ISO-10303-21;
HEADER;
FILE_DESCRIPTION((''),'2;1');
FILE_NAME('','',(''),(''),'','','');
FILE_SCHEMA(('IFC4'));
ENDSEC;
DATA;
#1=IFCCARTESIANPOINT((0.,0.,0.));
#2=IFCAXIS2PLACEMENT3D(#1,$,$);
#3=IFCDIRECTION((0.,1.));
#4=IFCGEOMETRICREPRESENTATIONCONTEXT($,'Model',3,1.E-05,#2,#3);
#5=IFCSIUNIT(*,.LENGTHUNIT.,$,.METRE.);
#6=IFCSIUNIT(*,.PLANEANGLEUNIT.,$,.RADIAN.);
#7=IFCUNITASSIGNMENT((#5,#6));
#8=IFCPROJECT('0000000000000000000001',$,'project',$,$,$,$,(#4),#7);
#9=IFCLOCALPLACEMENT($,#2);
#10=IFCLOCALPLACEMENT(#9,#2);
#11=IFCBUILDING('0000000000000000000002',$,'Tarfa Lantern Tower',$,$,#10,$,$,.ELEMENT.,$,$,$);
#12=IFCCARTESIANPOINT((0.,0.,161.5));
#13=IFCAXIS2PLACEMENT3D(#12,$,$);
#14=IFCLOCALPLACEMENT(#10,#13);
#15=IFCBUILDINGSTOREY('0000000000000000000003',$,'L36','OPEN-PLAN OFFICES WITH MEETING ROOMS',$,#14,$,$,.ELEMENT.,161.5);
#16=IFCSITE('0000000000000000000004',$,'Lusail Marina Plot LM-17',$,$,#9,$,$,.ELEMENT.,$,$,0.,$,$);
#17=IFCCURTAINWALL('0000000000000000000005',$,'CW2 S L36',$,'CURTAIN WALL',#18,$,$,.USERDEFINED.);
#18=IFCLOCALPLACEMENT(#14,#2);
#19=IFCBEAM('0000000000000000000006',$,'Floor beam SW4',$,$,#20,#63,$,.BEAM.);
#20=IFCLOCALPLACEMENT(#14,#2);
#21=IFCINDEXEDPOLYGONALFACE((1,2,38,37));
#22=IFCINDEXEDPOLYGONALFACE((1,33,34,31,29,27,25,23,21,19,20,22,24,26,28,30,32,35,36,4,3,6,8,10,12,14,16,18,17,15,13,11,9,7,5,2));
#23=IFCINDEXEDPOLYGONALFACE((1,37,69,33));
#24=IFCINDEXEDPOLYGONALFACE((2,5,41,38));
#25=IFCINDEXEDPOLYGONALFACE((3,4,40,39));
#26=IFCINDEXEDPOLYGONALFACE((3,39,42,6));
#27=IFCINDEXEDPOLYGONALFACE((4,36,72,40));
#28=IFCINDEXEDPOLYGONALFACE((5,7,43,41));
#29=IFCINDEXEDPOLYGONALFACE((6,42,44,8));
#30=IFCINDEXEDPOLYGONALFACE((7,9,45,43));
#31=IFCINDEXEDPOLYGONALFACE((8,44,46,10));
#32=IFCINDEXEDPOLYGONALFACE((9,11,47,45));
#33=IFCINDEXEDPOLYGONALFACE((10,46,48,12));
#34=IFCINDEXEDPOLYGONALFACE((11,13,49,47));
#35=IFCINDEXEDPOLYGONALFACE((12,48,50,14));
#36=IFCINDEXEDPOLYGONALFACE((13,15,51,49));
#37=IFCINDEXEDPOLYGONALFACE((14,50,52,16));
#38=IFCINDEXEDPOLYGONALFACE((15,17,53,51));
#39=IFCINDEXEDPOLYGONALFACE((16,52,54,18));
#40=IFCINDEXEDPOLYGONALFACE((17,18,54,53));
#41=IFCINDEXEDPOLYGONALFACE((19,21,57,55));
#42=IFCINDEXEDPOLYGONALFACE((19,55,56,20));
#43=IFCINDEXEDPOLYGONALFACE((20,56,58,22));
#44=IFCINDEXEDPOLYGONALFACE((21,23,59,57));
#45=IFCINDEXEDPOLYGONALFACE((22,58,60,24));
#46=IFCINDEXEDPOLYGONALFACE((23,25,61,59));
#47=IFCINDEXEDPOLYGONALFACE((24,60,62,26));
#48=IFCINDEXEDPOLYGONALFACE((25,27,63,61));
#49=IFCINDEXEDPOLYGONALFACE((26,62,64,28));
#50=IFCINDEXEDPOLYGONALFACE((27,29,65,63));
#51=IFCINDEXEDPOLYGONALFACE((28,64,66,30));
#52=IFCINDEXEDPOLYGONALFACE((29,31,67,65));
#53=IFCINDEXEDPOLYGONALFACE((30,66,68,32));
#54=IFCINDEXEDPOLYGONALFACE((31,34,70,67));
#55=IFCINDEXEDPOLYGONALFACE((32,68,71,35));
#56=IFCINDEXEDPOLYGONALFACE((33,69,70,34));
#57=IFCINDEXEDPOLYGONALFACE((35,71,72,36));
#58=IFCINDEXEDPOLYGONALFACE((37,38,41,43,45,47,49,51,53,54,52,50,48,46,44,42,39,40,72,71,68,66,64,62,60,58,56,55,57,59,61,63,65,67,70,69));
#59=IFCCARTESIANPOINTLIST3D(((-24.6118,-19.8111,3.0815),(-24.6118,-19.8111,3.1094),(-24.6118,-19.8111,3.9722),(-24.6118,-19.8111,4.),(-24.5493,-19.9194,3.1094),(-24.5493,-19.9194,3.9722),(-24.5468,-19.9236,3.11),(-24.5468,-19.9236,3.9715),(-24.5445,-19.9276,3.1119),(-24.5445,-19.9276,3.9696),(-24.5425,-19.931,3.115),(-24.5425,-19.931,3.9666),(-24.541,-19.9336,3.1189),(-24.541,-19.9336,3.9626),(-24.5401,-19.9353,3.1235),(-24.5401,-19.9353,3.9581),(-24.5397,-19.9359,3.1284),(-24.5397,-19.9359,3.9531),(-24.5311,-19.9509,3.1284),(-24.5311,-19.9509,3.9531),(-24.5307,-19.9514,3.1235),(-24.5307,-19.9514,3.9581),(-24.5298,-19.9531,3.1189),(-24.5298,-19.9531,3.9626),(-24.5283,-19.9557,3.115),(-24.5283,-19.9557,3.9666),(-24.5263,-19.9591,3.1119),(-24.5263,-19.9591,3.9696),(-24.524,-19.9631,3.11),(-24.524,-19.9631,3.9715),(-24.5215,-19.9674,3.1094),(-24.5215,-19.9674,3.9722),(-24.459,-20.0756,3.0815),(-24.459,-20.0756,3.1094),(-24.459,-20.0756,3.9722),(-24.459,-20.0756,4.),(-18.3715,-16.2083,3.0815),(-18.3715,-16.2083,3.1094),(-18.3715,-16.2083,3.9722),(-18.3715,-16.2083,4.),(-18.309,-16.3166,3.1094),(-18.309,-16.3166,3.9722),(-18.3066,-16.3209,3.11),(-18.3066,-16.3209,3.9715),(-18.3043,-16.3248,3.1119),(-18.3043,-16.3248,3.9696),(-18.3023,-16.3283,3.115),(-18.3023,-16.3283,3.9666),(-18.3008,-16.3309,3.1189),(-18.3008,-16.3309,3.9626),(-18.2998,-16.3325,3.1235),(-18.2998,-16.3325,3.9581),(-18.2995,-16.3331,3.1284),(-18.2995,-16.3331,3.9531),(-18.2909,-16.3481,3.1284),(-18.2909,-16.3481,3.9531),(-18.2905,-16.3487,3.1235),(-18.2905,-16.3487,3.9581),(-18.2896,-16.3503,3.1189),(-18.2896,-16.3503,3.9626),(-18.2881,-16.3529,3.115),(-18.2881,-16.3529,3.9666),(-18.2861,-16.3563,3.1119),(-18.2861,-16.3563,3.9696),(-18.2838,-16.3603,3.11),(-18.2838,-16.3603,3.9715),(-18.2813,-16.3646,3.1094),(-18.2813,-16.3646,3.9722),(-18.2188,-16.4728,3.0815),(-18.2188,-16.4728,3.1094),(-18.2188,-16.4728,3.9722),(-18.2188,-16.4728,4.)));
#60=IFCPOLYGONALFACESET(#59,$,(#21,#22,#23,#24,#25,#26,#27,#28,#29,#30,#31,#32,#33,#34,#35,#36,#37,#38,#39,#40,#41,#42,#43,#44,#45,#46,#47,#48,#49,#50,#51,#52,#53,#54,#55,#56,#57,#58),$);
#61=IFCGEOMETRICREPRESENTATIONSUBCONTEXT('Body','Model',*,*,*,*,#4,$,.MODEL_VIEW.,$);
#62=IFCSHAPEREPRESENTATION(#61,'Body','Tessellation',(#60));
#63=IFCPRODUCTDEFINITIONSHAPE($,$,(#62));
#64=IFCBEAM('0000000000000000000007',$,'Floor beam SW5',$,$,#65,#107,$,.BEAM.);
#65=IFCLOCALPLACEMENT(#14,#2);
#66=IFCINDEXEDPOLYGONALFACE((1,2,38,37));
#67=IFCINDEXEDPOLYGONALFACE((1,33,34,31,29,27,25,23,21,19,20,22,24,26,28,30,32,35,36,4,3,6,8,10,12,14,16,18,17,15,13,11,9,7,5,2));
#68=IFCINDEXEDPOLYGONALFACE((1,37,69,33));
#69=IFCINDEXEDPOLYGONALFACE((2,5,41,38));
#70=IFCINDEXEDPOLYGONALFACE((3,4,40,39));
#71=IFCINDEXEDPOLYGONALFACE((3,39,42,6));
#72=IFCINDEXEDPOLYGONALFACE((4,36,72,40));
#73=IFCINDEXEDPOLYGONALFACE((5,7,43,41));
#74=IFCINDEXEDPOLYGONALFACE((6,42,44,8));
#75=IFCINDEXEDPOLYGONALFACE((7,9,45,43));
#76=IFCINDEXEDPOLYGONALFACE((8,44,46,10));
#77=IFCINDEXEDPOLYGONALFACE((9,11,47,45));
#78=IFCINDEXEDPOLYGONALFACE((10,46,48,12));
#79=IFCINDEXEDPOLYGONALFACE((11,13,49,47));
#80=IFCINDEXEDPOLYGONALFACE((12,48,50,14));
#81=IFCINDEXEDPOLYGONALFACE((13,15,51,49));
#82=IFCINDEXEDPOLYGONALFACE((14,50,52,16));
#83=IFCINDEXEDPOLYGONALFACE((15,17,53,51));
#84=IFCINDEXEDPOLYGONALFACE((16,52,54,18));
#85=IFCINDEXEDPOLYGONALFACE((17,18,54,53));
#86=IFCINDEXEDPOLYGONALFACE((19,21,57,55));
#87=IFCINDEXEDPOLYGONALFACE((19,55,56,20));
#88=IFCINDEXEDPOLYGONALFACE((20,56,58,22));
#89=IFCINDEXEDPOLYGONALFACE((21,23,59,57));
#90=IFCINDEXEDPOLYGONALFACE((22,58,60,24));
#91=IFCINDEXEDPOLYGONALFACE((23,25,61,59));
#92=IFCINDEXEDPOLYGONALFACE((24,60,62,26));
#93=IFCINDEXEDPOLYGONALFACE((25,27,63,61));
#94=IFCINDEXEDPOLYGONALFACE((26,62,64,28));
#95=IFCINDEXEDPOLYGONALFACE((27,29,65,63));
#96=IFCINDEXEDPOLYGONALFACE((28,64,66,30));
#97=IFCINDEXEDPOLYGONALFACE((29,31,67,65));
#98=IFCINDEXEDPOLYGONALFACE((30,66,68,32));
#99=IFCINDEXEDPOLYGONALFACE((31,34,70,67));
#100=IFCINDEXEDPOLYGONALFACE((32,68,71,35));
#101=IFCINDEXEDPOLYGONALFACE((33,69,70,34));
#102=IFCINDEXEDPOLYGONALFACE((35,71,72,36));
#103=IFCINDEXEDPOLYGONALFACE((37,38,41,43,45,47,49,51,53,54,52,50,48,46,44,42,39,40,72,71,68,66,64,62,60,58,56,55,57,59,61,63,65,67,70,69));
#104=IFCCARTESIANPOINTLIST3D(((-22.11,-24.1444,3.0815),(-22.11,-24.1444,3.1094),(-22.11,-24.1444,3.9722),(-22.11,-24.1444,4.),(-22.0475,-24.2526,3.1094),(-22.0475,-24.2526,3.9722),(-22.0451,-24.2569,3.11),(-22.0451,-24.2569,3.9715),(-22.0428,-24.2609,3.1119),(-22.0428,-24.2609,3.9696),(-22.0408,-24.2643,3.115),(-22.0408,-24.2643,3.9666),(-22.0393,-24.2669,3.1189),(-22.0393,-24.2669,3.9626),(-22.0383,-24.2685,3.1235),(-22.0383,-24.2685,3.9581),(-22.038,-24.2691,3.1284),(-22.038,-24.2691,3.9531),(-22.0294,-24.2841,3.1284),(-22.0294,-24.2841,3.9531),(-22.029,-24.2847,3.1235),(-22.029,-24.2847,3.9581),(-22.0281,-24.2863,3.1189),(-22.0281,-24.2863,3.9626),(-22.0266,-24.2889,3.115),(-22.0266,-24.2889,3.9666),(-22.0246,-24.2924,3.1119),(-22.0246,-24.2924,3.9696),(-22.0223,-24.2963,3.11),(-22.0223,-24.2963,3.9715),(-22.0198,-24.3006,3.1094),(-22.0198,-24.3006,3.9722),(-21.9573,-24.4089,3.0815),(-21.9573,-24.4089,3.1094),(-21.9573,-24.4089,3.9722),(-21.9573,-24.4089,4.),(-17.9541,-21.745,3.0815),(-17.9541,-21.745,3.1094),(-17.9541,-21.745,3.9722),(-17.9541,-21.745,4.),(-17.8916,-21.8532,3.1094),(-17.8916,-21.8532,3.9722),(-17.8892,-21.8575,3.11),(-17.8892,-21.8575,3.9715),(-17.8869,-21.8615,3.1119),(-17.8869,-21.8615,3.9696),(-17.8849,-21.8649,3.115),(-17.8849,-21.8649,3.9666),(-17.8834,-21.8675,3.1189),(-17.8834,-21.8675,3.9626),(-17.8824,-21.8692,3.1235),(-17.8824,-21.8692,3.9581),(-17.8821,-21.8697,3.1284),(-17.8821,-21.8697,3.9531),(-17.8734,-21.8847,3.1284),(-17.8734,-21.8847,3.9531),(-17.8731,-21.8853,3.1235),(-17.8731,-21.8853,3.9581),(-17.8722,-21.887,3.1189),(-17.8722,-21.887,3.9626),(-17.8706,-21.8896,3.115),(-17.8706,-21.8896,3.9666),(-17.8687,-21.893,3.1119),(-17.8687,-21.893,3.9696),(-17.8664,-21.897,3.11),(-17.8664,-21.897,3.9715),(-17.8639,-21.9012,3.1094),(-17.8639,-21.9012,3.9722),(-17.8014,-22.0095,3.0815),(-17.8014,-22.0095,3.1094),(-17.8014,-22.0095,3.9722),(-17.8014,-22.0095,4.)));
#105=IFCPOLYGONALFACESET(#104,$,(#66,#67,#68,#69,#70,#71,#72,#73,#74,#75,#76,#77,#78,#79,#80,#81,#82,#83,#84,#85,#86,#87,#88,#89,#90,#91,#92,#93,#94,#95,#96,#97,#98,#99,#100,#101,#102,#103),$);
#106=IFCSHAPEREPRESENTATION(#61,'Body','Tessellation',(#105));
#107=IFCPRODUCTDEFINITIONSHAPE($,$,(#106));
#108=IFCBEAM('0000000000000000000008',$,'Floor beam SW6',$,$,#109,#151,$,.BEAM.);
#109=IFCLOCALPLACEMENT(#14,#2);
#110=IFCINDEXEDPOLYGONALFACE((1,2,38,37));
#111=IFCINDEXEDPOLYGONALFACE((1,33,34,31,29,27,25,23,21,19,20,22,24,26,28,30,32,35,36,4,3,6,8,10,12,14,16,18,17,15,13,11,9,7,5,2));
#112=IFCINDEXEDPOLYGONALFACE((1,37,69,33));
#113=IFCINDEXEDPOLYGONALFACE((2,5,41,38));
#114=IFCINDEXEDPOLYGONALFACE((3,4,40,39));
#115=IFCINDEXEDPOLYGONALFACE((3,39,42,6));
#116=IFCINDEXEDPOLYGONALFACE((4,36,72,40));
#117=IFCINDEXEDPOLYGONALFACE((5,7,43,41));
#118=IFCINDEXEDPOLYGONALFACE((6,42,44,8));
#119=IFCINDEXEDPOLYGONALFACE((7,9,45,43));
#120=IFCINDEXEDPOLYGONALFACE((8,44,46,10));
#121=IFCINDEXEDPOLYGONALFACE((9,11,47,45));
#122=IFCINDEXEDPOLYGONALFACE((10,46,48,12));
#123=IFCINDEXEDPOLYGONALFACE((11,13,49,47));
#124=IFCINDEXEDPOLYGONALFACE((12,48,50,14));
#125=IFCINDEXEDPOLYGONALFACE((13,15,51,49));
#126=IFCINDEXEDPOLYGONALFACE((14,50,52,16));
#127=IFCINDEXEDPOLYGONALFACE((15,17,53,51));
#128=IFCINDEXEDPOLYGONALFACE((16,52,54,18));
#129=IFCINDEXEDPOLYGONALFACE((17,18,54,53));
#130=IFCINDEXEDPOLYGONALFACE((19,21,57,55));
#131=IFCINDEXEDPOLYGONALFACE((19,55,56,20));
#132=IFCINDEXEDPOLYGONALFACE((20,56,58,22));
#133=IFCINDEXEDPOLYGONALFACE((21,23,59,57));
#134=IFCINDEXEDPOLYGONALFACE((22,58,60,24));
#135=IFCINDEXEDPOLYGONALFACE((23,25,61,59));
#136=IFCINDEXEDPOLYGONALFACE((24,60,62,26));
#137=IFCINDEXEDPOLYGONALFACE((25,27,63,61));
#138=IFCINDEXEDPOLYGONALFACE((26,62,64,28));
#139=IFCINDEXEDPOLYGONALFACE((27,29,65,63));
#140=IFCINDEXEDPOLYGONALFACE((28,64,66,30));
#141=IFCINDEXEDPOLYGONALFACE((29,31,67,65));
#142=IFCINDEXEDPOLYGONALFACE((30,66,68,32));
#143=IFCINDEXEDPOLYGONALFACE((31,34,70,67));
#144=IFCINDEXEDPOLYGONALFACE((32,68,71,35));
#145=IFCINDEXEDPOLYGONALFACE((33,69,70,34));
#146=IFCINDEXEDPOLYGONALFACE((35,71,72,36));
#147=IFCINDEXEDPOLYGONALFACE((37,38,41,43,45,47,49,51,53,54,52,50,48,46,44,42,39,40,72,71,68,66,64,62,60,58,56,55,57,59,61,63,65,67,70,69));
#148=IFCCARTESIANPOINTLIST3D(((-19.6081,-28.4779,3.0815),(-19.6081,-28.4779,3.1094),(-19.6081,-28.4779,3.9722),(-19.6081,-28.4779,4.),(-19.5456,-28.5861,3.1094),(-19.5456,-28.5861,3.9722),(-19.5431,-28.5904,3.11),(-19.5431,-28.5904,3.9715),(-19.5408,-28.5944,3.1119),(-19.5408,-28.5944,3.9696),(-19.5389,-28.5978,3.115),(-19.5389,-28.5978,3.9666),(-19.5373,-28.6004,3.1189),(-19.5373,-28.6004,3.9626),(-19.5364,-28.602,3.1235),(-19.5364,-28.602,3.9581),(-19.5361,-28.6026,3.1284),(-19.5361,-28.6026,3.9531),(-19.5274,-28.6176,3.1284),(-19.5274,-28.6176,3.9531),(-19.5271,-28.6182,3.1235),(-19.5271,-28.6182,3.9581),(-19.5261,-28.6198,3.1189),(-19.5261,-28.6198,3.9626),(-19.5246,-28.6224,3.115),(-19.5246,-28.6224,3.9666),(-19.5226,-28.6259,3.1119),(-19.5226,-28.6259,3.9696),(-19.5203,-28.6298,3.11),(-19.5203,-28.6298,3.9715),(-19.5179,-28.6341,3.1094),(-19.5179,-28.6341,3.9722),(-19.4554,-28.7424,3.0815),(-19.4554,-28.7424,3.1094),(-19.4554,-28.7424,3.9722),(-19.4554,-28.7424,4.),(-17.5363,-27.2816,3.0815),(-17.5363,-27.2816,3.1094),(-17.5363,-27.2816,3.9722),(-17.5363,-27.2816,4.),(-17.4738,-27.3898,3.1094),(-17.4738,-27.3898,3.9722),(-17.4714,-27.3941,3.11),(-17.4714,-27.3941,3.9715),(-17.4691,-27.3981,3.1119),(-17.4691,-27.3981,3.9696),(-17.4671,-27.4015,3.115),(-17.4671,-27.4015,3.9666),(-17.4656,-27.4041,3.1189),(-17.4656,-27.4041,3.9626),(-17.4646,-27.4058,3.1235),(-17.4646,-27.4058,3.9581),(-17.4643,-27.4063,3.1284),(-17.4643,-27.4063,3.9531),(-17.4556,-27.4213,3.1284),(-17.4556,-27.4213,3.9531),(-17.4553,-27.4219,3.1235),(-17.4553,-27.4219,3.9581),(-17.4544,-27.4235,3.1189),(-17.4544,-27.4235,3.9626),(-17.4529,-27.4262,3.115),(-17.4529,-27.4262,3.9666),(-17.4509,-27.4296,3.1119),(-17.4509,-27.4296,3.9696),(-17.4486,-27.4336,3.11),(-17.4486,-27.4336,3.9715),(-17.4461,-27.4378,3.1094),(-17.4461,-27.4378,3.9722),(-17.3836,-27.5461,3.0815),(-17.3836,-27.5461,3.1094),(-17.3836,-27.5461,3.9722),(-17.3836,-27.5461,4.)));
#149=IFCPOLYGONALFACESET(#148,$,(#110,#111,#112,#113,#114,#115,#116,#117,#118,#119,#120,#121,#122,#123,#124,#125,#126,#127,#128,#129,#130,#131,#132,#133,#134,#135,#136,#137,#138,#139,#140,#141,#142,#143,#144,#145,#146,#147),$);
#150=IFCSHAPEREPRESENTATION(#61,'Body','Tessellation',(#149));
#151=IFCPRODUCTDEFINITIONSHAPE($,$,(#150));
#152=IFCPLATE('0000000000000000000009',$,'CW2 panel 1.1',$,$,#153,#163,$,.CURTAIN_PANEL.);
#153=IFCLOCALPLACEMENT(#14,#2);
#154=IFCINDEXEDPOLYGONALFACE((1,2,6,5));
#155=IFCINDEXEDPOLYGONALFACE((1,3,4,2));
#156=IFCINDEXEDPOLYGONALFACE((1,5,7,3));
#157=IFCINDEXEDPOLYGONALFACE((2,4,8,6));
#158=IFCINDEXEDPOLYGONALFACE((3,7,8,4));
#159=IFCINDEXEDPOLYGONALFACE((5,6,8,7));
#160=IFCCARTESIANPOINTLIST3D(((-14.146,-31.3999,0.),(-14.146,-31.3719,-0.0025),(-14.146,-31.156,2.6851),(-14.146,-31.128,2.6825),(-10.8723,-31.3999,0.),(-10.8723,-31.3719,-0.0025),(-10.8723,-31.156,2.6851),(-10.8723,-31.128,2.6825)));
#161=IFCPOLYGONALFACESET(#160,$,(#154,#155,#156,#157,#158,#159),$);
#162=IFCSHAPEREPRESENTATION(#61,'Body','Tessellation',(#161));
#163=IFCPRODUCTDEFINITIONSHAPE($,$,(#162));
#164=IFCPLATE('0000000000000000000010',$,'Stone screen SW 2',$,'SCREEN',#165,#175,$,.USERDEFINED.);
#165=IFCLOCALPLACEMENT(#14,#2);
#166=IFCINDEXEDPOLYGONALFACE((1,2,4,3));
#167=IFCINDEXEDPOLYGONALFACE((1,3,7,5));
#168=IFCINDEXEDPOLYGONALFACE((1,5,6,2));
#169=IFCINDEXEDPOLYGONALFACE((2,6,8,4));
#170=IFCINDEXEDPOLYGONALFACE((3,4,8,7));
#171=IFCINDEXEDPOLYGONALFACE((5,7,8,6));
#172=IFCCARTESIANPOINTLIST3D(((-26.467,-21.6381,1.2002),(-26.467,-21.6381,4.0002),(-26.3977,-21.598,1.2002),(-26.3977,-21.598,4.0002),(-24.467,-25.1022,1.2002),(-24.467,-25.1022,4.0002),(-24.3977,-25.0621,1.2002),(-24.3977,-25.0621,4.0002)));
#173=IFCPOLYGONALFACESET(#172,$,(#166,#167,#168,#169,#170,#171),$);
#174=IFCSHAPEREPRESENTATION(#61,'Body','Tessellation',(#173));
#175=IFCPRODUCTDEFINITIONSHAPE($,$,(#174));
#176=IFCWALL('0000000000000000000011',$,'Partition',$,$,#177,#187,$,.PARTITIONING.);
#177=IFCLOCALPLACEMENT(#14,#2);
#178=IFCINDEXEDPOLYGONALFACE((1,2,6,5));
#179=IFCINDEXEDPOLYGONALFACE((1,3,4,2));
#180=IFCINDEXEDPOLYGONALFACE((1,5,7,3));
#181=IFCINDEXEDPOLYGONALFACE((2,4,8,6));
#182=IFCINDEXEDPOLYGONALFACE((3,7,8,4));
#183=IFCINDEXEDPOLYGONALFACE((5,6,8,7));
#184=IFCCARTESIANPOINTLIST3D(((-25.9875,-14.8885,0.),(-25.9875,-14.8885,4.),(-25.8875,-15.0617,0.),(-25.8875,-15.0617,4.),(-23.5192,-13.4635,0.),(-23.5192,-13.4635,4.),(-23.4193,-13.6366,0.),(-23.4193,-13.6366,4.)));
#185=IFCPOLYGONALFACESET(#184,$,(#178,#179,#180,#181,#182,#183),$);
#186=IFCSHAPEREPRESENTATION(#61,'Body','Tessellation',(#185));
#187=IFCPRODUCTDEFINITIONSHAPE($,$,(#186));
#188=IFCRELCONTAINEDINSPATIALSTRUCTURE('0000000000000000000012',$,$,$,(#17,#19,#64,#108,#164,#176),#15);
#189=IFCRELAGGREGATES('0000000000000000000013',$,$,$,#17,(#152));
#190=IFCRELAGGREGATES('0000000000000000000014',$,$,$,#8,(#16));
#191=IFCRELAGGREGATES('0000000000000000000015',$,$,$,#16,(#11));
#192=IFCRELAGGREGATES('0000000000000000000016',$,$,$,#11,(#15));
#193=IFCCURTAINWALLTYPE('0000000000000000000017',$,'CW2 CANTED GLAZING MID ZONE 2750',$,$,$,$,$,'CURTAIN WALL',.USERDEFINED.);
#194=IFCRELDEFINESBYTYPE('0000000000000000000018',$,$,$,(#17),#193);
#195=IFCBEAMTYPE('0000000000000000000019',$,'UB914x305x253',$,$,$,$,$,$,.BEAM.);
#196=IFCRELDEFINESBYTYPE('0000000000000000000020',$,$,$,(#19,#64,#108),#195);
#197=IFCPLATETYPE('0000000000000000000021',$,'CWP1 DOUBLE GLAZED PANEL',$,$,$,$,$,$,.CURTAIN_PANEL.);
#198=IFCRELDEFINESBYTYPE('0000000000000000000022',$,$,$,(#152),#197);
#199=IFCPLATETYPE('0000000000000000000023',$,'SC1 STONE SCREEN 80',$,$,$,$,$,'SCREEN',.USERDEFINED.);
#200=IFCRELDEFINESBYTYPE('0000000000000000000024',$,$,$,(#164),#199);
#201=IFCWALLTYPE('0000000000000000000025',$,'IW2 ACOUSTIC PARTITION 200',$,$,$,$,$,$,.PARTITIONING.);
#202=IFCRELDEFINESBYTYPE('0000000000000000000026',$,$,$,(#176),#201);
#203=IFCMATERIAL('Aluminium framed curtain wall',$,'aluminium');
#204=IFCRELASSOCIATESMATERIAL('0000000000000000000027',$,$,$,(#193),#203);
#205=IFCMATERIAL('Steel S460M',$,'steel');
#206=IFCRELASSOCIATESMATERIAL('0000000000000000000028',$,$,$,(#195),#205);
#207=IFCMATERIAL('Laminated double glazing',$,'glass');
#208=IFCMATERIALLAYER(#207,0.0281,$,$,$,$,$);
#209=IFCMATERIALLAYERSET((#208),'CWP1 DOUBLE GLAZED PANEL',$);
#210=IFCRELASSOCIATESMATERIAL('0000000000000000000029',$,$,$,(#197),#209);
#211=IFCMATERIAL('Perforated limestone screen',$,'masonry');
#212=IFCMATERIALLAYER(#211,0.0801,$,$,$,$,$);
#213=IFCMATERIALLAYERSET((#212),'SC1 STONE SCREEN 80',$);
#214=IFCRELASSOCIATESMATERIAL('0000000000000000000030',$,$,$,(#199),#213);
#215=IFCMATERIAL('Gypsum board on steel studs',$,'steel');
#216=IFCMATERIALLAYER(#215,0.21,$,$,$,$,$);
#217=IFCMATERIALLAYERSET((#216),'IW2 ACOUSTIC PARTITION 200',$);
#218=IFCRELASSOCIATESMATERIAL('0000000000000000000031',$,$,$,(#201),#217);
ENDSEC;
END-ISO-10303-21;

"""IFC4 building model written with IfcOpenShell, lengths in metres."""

from ifc_helpers import new_model, si_unit, direction, frame, frame_2d, origin, origin_2d, place, context, subcontext, project, spatial, polyline, rectangle, i_section, outline, extrude, material, layer, layer_set, material_profile, profile_set, type_object, element, aggregate, save


model = new_model("IFC4")

# Units and contexts
model_context = context("Model", 3, precision=1e-05, world=origin(), true_north=direction((0.0, 1.0)))
body_context = subcontext(model_context, "Body", "Model", "MODEL_VIEW")
ifc_project = project(units=[si_unit("LENGTHUNIT", "METRE"), si_unit("PLANEANGLEUNIT", "RADIAN")], contexts=[model_context])

# Site, building, storey
site_placement = place(None, origin())
site = spatial("IfcSite", under=ifc_project, at=site_placement, Name="Lusail Marina Plot LM-17", CompositionType="ELEMENT", RefElevation=0.0)
building_placement = place(site_placement, origin())
building = spatial("IfcBuilding", under=site, at=building_placement, Name="Tarfa Lantern Tower", CompositionType="ELEMENT")
storey_placement = place(building_placement, frame((0.0, 0.0, 161.5)))
storey = spatial("IfcBuildingStorey", under=building, at=storey_placement, Name="L36", Description="OPEN-PLAN OFFICES WITH MEETING ROOMS", CompositionType="ELEMENT", Elevation=161.5)

# Curtain wall
ifc_material_1 = material(Name="Aluminium framed curtain wall", Category="aluminium")
curtain_wall_type = type_object("IfcCurtainWallType", Name="CW2 CANTED GLAZING MID ZONE 2750", ElementType="CURTAIN WALL", PredefinedType="USERDEFINED", material=ifc_material_1)
curtain_wall_placement = place(storey_placement, origin())
curtain_wall = element("IfcCurtainWall", 1, at=curtain_wall_placement, inside=storey, type_object=curtain_wall_type, Name="CW2 S L36", ObjectType="CURTAIN WALL", PredefinedType="USERDEFINED")

# Beams
ifc_material_2 = material(Name="Steel S460M", Category="steel")
ifc_material_profile_1 = material_profile(ifc_material_2, i_section(OverallWidth=0.3054, OverallDepth=0.9185, WebThickness=0.0173, FlangeThickness=0.0278, FilletRadius=0.019, at=origin_2d()), Name="UB914x305x253")
ifc_profile_set_1 = profile_set([ifc_material_profile_1], Name="Steel S460M")
beam_type_1 = type_object("IfcBeamType", Name="UB914x305x253", PredefinedType="BEAM", material=ifc_profile_set_1)
beam_1_placement = place(storey_placement, frame((-24.5354, -19.9434, 3.5408), z_axis=(0.866026, 0.499998, 0.0), x_axis=(-0.499998, 0.866026, 0.0)))
element("IfcBeam", 2, at=beam_1_placement, inside=storey, type_object=beam_type_1, Name="Floor beam SW4", PredefinedType="BEAM", context=body_context, shape_type="SweptSolid", body=[
    extrude(i_section(OverallWidth=0.3054, OverallDepth=0.9185, WebThickness=0.0173, FlangeThickness=0.0278, FilletRadius=0.019, at=origin_2d()), origin(), (0.0, 0.0, 1.0), 7.2056),
])
beam_2_placement = place(storey_placement, frame((-22.0337, -24.2766, 3.5408), z_axis=(0.866031, 0.499991, 0.0), x_axis=(-0.499991, 0.866031, 0.0)))
element("IfcBeam", 3, at=beam_2_placement, inside=storey, type_object=beam_type_1, Name="Floor beam SW5", PredefinedType="BEAM", context=body_context, shape_type="SweptSolid", body=[
    extrude(i_section(OverallWidth=0.3054, OverallDepth=0.9185, WebThickness=0.0173, FlangeThickness=0.0278, FilletRadius=0.019, at=origin_2d()), origin(), (0.0, 0.0, 1.0), 4.7988),
])
beam_3_placement = place(storey_placement, frame((-19.5317, -28.6101, 3.5408), z_axis=(0.865999, 0.500046, 0.0), x_axis=(-0.500046, 0.865999, 0.0)))
element("IfcBeam", 4, at=beam_3_placement, inside=storey, type_object=beam_type_1, Name="Floor beam SW6", PredefinedType="BEAM", context=body_context, shape_type="SweptSolid", body=[
    extrude(i_section(OverallWidth=0.3054, OverallDepth=0.9185, WebThickness=0.0173, FlangeThickness=0.0278, FilletRadius=0.019, at=origin_2d()), origin(), (0.0, 0.0, 1.0), 2.3923),
])

# Plates
ifc_material_3 = material(Name="Laminated double glazing", Category="glass")
ifc_layer_1 = layer(ifc_material_3, 0.0281)
ifc_layer_set_1 = layer_set([ifc_layer_1], Name="CWP1 DOUBLE GLAZED PANEL")
plate_type_1 = type_object("IfcPlateType", Name="CWP1 DOUBLE GLAZED PANEL", PredefinedType="CURTAIN_PANEL", material=ifc_layer_set_1)
plate_1_placement = place(storey_placement, frame((-14.146, -31.3999, 0.0), z_axis=(0.0, -0.9959, 0.090462), x_axis=(1.0, 0.0, 0.0)))
plate_1 = element("IfcPlate", 5, at=plate_1_placement, type_object=plate_type_1, Name="CW2 panel 1.1", PredefinedType="CURTAIN_PANEL", context=body_context, shape_type="SweptSolid", body=[
    extrude(outline(polyline([(0.0, 0.0), (3.2737, 0.0), (3.2737, 2.6961), (0.0, 2.6961), (0.0, 0.0)])), origin(), (0.0, 0.0, -1.0), 0.0281),
])
aggregate(curtain_wall, [plate_1])
ifc_material_4 = material(Name="Perforated limestone screen", Category="masonry")
ifc_layer_2 = layer(ifc_material_4, 0.0801)
ifc_layer_set_2 = layer_set([ifc_layer_2], Name="SC1 STONE SCREEN 80")
plate_type_2 = type_object("IfcPlateType", Name="SC1 STONE SCREEN 80", ElementType="SCREEN", PredefinedType="USERDEFINED", material=ifc_layer_set_2)
plate_2_placement = place(storey_placement, frame((-25.4324, -23.3501, 1.2002), z_axis=(0.0, 0.0, 1.0), x_axis=(0.5, -0.866025, 0.0)))
element("IfcPlate", 6, at=plate_2_placement, inside=storey, type_object=plate_type_2, Name="Stone screen SW 2", ObjectType="SCREEN", PredefinedType="USERDEFINED", context=body_context, shape_type="SweptSolid", body=[
    extrude(rectangle(XDim=4.0, YDim=0.0801, at=origin_2d()), origin(), (0.0, 0.0, 1.0), 2.8),
])

# Wall
ifc_material_5 = material(Name="Gypsum board on steel studs", Category="steel")
ifc_layer_3 = layer(ifc_material_5, 0.21)
ifc_layer_set_3 = layer_set([ifc_layer_3], Name="IW2 ACOUSTIC PARTITION 200")
wall_type = type_object("IfcWallType", Name="IW2 ACOUSTIC PARTITION 200", PredefinedType="PARTITIONING", material=ifc_layer_set_3)
wall_placement = place(storey_placement, frame((-23.4692, -13.55, 0.0), z_axis=(0.0, 0.0, 1.0), x_axis=(-0.866026, -0.499999, 0.0)))
element("IfcWall", 7, at=wall_placement, inside=storey, type_object=wall_type, Name="Partition", PredefinedType="PARTITIONING", context=body_context, shape_type="SweptSolid", body=[
    extrude(rectangle(XDim=2.8501, YDim=0.2, at=frame_2d((1.425, 0.0))), origin(), (0.0, 0.0, 1.0), 4.0),
])

save(model, "model.ifc")
